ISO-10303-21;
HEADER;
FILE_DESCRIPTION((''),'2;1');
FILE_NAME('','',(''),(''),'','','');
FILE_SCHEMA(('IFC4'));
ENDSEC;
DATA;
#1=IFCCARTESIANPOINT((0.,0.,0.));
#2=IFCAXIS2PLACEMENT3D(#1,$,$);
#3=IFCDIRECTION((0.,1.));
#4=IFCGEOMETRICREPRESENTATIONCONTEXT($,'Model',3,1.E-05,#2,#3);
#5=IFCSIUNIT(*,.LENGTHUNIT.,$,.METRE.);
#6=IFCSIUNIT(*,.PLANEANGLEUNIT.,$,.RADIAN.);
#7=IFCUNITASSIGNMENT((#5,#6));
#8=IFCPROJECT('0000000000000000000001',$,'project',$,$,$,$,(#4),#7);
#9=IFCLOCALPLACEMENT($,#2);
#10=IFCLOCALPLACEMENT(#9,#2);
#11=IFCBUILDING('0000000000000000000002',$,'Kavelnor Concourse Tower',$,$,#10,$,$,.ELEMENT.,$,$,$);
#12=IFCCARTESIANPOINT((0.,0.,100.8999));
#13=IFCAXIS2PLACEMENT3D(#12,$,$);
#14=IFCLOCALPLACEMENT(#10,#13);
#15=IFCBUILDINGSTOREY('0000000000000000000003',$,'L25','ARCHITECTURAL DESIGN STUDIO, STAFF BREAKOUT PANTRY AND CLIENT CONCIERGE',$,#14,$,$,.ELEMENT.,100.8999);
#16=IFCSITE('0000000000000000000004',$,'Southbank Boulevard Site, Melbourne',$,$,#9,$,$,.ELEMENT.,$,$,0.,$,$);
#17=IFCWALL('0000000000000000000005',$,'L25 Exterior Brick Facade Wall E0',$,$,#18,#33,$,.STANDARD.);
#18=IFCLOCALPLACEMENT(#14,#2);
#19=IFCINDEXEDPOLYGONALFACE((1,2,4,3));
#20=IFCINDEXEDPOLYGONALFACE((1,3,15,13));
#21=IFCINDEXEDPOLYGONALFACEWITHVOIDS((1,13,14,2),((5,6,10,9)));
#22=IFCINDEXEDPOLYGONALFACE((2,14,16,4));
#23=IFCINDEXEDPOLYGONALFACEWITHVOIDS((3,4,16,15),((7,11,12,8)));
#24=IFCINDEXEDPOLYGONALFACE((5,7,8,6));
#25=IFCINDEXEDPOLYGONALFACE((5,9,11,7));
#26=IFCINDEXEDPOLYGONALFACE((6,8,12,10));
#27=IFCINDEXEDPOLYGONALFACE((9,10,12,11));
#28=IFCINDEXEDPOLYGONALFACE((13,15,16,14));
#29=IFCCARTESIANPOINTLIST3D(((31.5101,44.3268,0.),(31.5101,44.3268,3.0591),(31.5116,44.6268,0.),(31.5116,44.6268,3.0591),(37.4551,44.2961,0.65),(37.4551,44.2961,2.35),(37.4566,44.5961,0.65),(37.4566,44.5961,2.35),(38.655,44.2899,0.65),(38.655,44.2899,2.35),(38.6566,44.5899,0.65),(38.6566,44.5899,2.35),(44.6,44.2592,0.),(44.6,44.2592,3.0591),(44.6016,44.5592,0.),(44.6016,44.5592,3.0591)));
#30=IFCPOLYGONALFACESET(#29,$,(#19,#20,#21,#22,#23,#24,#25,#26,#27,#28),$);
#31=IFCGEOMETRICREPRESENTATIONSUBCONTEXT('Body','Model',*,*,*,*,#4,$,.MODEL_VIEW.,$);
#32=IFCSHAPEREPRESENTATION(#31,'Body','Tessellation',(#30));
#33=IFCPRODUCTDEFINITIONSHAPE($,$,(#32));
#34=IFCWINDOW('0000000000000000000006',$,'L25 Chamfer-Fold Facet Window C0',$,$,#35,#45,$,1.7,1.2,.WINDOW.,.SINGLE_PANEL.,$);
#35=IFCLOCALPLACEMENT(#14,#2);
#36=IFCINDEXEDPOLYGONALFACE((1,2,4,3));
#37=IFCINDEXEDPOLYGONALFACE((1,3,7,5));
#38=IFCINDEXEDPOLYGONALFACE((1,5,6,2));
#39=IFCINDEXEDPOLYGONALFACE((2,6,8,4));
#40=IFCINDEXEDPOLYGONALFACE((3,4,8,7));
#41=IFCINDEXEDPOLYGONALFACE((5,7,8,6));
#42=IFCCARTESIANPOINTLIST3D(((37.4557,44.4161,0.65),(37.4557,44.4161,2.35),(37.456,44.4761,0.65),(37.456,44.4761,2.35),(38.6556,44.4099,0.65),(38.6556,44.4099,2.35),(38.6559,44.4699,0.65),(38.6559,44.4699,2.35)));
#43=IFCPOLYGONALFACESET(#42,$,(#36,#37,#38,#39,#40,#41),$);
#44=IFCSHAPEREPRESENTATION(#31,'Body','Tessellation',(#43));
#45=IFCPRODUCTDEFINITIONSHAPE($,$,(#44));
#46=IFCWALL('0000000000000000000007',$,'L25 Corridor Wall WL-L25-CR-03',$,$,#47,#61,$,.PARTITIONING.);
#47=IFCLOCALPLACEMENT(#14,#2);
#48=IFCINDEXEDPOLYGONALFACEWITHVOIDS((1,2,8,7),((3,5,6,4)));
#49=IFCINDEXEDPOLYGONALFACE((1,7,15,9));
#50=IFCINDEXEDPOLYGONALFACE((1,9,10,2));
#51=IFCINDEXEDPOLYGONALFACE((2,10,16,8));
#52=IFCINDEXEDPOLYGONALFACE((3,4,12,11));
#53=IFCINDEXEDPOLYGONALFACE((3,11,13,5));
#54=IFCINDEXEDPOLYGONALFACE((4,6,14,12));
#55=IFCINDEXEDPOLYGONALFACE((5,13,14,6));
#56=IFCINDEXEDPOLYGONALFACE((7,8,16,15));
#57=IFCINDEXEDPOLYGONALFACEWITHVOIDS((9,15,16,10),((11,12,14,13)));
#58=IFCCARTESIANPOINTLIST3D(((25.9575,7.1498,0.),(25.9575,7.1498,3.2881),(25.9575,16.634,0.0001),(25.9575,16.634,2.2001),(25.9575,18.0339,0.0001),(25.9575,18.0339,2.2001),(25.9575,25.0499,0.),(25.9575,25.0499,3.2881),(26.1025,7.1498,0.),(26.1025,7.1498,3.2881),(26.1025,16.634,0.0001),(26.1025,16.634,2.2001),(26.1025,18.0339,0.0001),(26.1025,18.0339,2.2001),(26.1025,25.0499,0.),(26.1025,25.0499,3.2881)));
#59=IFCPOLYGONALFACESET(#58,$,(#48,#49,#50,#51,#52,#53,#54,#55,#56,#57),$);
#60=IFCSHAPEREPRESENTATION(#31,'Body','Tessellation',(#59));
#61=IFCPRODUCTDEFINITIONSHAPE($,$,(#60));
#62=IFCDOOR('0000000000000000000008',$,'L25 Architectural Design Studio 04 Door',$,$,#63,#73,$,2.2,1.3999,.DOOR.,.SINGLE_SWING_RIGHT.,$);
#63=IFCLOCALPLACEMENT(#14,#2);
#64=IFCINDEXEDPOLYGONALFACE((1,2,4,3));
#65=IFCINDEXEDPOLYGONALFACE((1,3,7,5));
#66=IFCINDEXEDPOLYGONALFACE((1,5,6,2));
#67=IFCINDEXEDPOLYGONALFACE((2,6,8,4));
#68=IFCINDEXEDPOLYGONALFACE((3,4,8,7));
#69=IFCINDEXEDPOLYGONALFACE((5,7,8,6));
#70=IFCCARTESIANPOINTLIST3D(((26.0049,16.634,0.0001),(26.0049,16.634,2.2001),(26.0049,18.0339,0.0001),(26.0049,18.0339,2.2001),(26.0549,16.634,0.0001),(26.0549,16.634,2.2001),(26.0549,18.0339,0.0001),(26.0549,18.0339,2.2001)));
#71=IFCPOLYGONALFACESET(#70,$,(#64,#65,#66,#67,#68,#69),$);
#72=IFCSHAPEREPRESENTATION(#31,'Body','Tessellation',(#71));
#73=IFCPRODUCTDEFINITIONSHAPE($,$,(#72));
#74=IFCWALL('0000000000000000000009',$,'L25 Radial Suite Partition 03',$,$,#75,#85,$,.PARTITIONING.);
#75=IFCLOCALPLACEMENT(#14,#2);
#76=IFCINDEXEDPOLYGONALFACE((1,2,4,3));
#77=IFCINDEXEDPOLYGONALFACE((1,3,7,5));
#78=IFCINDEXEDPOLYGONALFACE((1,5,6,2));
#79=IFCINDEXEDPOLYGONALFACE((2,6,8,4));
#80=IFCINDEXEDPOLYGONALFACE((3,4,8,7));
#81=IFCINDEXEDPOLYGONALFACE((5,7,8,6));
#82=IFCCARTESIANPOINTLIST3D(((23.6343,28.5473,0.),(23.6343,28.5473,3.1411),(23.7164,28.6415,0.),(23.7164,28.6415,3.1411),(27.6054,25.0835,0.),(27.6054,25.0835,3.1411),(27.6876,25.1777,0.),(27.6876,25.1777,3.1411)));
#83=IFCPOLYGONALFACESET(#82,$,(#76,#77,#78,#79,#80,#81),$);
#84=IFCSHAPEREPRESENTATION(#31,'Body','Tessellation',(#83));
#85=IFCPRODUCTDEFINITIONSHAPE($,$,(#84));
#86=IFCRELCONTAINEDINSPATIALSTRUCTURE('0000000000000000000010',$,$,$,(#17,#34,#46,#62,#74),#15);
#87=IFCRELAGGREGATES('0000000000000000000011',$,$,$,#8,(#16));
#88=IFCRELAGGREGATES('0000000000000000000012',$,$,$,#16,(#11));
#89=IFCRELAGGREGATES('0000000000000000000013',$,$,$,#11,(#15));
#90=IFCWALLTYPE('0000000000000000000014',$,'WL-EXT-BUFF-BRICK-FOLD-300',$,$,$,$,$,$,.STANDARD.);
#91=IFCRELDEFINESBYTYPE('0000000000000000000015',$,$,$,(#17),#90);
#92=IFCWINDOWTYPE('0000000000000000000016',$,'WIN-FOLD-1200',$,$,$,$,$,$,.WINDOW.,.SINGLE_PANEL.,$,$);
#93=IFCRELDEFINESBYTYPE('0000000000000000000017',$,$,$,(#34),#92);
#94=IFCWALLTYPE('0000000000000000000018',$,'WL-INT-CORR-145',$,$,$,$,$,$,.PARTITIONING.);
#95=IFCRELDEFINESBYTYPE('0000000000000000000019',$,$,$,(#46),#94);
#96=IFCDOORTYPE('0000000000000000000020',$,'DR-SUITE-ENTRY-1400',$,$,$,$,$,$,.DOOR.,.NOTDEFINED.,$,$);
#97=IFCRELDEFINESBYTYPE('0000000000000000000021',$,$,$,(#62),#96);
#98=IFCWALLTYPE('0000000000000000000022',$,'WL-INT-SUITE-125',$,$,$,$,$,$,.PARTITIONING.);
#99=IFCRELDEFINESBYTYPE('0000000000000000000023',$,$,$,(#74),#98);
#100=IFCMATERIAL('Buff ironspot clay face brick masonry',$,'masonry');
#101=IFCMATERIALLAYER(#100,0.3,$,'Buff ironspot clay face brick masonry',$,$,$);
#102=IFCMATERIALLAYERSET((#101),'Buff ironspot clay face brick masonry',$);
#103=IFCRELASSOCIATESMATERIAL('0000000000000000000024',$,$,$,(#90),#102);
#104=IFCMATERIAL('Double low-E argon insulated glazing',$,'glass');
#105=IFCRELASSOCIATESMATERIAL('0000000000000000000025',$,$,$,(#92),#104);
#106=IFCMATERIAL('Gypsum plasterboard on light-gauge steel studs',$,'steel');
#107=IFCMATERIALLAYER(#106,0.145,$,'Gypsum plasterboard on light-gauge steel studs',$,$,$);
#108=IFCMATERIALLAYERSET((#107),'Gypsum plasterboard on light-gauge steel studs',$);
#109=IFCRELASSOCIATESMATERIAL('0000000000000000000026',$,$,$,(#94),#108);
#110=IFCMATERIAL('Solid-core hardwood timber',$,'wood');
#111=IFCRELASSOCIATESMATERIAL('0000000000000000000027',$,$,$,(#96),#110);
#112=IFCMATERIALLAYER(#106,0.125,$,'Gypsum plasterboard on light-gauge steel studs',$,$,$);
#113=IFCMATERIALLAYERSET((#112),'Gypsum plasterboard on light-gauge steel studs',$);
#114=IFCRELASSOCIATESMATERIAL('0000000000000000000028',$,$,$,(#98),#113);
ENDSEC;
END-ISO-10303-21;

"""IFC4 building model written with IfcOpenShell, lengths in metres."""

from ifc_helpers import new_model, si_unit, direction, frame, frame_2d, origin, place, context, subcontext, project, spatial, rectangle, extrude, material, layer, layer_set, type_object, element, fill, save


model = new_model("IFC4")

# Units and contexts
model_context = context("Model", 3, precision=1e-05, world=origin(), true_north=direction((0.0, 1.0)))
body_context = subcontext(model_context, "Body", "Model", "MODEL_VIEW")
ifc_project = project(units=[si_unit("LENGTHUNIT", "METRE"), si_unit("PLANEANGLEUNIT", "RADIAN")], contexts=[model_context])

# Site, building, storey
site_placement = place(None, origin())
site = spatial("IfcSite", under=ifc_project, at=site_placement, Name="Southbank Boulevard Site, Melbourne", CompositionType="ELEMENT", RefElevation=0.0)
building_placement = place(site_placement, origin())
building = spatial("IfcBuilding", under=site, at=building_placement, Name="Kavelnor Concourse Tower", CompositionType="ELEMENT")
storey_placement = place(building_placement, frame((0.0, 0.0, 100.8999)))
storey = spatial("IfcBuildingStorey", under=building, at=storey_placement, Name="L25", Description="ARCHITECTURAL DESIGN STUDIO, STAFF BREAKOUT PANTRY AND CLIENT CONCIERGE", CompositionType="ELEMENT", Elevation=100.8999)

# Wall, opening, window
ifc_material_1 = material(Name="Buff ironspot clay face brick masonry", Category="masonry")
ifc_layer_1 = layer(ifc_material_1, 0.3, Name="Buff ironspot clay face brick masonry")
ifc_layer_set_1 = layer_set([ifc_layer_1], Name="Buff ironspot clay face brick masonry")
wall_type_1 = type_object("IfcWallType", Name="WL-EXT-BUFF-BRICK-FOLD-300", PredefinedType="STANDARD", material=ifc_layer_set_1)
wall_1_placement = place(storey_placement, frame((31.511, 44.4768, 0.0), z_axis=(0.0, 0.0, 1.0), x_axis=(0.999987, -0.005166, 0.0)))
wall_1 = element("IfcWall", 1, at=wall_1_placement, inside=storey, type_object=wall_type_1, Name="L25 Exterior Brick Facade Wall E0", PredefinedType="STANDARD", context=body_context, shape_type="SweptSolid", body=[
    extrude(rectangle(XDim=13.0901, YDim=0.3, at=frame_2d((6.5449, 0.0))), origin(), (0.0, 0.0, 1.0), 3.0591),
])
opening_1_placement = place(wall_1_placement, frame((5.9448, 0.0, 0.6499)))
opening_1 = element("IfcOpeningElement", 2, at=opening_1_placement, cuts=wall_1, PredefinedType="OPENING", context=body_context, shape_type="SweptSolid", body=[
    extrude(rectangle(XDim=1.2, YDim=1.7, at=frame_2d((0.6001, 0.8501))), frame((0.0, 0.1602, 0.0), z_axis=(0.0, -1.0, 0.0), x_axis=(1.0, 0.0, 0.0)), (0.0, 0.0, 1.0), 0.3201),
])
ifc_material_2 = material(Name="Double low-E argon insulated glazing", Category="glass")
window_type = type_object("IfcWindowType", Name="WIN-FOLD-1200", PartitioningType="SINGLE_PANEL", PredefinedType="WINDOW", material=ifc_material_2)
window_placement = place(opening_1_placement, origin())
window = element("IfcWindow", 3, at=window_placement, inside=storey, type_object=window_type, Name="L25 Chamfer-Fold Facet Window C0", OverallHeight=1.7, OverallWidth=1.2, PartitioningType="SINGLE_PANEL", PredefinedType="WINDOW", context=body_context, shape_type="SweptSolid", body=[
    extrude(rectangle(XDim=1.2, YDim=1.7, at=frame_2d((0.6001, 0.8501))), frame((0.0, 0.03, 0.0), z_axis=(0.0, -1.0, 0.0), x_axis=(1.0, 0.0, 0.0)), (0.0, 0.0, 1.0), 0.0601),
])
fill(opening_1, window)

# Wall, opening, door
ifc_material_3 = material(Name="Gypsum plasterboard on light-gauge steel studs", Category="steel")
ifc_layer_2 = layer(ifc_material_3, 0.145, Name="Gypsum plasterboard on light-gauge steel studs")
ifc_layer_set_2 = layer_set([ifc_layer_2], Name="Gypsum plasterboard on light-gauge steel studs")
wall_type_2 = type_object("IfcWallType", Name="WL-INT-CORR-145", PredefinedType="PARTITIONING", material=ifc_layer_set_2)
wall_2_placement = place(storey_placement, frame((26.03, 25.05, 0.0), z_axis=(0.0, 0.0, 1.0), x_axis=(0.0, -1.0, 0.0)))
wall_2 = element("IfcWall", 4, at=wall_2_placement, inside=storey, type_object=wall_type_2, Name="L25 Corridor Wall WL-L25-CR-03", PredefinedType="PARTITIONING", context=body_context, shape_type="SweptSolid", body=[
    extrude(rectangle(XDim=17.9001, YDim=0.145, at=frame_2d((8.9502, 0.0))), origin(), (0.0, 0.0, 1.0), 3.2881),
])
opening_2_placement = place(wall_2_placement, frame((7.0161, 0.0, 0.0)))
opening_2 = element("IfcOpeningElement", 5, at=opening_2_placement, cuts=wall_2, PredefinedType="OPENING", context=body_context, shape_type="SweptSolid", body=[
    extrude(rectangle(XDim=1.3999, YDim=2.2, at=frame_2d((0.7, 1.1001))), frame((0.0, 0.0825, 0.0), z_axis=(0.0, -1.0, 0.0), x_axis=(1.0, 0.0, 0.0)), (0.0, 0.0, 1.0), 0.165),
])
ifc_material_4 = material(Name="Solid-core hardwood timber", Category="wood")
door_type = type_object("IfcDoorType", Name="DR-SUITE-ENTRY-1400", OperationType="NOTDEFINED", PredefinedType="DOOR", material=ifc_material_4)
door_placement = place(opening_2_placement, origin())
door = element("IfcDoor", 6, at=door_placement, inside=storey, type_object=door_type, Name="L25 Architectural Design Studio 04 Door", OperationType="SINGLE_SWING_RIGHT", OverallHeight=2.2, OverallWidth=1.3999, PredefinedType="DOOR", context=body_context, shape_type="SweptSolid", body=[
    extrude(rectangle(XDim=1.3999, YDim=2.2, at=frame_2d((0.7, 1.1001))), frame((0.0, 0.0249, 0.0), z_axis=(0.0, -1.0, 0.0), x_axis=(1.0, 0.0, 0.0)), (0.0, 0.0, 1.0), 0.05),
])
fill(opening_2, door)

# Wall
ifc_layer_3 = layer(ifc_material_3, 0.125, Name="Gypsum plasterboard on light-gauge steel studs")
ifc_layer_set_3 = layer_set([ifc_layer_3], Name="Gypsum plasterboard on light-gauge steel studs")
wall_type_3 = type_object("IfcWallType", Name="WL-INT-SUITE-125", PredefinedType="PARTITIONING", material=ifc_layer_set_3)
wall_3_placement = place(storey_placement, frame((27.6465, 25.1306, 0.0), z_axis=(0.0, 0.0, 1.0), x_axis=(-0.753603, 0.65733, 0.0)))
element("IfcWall", 7, at=wall_3_placement, inside=storey, type_object=wall_type_3, Name="L25 Radial Suite Partition 03", PredefinedType="PARTITIONING", context=body_context, shape_type="SweptSolid", body=[
    extrude(rectangle(XDim=5.2695, YDim=0.125, at=frame_2d((2.6348, 0.0))), origin(), (0.0, 0.0, 1.0), 3.1411),
])

save(model, "model.ifc")
